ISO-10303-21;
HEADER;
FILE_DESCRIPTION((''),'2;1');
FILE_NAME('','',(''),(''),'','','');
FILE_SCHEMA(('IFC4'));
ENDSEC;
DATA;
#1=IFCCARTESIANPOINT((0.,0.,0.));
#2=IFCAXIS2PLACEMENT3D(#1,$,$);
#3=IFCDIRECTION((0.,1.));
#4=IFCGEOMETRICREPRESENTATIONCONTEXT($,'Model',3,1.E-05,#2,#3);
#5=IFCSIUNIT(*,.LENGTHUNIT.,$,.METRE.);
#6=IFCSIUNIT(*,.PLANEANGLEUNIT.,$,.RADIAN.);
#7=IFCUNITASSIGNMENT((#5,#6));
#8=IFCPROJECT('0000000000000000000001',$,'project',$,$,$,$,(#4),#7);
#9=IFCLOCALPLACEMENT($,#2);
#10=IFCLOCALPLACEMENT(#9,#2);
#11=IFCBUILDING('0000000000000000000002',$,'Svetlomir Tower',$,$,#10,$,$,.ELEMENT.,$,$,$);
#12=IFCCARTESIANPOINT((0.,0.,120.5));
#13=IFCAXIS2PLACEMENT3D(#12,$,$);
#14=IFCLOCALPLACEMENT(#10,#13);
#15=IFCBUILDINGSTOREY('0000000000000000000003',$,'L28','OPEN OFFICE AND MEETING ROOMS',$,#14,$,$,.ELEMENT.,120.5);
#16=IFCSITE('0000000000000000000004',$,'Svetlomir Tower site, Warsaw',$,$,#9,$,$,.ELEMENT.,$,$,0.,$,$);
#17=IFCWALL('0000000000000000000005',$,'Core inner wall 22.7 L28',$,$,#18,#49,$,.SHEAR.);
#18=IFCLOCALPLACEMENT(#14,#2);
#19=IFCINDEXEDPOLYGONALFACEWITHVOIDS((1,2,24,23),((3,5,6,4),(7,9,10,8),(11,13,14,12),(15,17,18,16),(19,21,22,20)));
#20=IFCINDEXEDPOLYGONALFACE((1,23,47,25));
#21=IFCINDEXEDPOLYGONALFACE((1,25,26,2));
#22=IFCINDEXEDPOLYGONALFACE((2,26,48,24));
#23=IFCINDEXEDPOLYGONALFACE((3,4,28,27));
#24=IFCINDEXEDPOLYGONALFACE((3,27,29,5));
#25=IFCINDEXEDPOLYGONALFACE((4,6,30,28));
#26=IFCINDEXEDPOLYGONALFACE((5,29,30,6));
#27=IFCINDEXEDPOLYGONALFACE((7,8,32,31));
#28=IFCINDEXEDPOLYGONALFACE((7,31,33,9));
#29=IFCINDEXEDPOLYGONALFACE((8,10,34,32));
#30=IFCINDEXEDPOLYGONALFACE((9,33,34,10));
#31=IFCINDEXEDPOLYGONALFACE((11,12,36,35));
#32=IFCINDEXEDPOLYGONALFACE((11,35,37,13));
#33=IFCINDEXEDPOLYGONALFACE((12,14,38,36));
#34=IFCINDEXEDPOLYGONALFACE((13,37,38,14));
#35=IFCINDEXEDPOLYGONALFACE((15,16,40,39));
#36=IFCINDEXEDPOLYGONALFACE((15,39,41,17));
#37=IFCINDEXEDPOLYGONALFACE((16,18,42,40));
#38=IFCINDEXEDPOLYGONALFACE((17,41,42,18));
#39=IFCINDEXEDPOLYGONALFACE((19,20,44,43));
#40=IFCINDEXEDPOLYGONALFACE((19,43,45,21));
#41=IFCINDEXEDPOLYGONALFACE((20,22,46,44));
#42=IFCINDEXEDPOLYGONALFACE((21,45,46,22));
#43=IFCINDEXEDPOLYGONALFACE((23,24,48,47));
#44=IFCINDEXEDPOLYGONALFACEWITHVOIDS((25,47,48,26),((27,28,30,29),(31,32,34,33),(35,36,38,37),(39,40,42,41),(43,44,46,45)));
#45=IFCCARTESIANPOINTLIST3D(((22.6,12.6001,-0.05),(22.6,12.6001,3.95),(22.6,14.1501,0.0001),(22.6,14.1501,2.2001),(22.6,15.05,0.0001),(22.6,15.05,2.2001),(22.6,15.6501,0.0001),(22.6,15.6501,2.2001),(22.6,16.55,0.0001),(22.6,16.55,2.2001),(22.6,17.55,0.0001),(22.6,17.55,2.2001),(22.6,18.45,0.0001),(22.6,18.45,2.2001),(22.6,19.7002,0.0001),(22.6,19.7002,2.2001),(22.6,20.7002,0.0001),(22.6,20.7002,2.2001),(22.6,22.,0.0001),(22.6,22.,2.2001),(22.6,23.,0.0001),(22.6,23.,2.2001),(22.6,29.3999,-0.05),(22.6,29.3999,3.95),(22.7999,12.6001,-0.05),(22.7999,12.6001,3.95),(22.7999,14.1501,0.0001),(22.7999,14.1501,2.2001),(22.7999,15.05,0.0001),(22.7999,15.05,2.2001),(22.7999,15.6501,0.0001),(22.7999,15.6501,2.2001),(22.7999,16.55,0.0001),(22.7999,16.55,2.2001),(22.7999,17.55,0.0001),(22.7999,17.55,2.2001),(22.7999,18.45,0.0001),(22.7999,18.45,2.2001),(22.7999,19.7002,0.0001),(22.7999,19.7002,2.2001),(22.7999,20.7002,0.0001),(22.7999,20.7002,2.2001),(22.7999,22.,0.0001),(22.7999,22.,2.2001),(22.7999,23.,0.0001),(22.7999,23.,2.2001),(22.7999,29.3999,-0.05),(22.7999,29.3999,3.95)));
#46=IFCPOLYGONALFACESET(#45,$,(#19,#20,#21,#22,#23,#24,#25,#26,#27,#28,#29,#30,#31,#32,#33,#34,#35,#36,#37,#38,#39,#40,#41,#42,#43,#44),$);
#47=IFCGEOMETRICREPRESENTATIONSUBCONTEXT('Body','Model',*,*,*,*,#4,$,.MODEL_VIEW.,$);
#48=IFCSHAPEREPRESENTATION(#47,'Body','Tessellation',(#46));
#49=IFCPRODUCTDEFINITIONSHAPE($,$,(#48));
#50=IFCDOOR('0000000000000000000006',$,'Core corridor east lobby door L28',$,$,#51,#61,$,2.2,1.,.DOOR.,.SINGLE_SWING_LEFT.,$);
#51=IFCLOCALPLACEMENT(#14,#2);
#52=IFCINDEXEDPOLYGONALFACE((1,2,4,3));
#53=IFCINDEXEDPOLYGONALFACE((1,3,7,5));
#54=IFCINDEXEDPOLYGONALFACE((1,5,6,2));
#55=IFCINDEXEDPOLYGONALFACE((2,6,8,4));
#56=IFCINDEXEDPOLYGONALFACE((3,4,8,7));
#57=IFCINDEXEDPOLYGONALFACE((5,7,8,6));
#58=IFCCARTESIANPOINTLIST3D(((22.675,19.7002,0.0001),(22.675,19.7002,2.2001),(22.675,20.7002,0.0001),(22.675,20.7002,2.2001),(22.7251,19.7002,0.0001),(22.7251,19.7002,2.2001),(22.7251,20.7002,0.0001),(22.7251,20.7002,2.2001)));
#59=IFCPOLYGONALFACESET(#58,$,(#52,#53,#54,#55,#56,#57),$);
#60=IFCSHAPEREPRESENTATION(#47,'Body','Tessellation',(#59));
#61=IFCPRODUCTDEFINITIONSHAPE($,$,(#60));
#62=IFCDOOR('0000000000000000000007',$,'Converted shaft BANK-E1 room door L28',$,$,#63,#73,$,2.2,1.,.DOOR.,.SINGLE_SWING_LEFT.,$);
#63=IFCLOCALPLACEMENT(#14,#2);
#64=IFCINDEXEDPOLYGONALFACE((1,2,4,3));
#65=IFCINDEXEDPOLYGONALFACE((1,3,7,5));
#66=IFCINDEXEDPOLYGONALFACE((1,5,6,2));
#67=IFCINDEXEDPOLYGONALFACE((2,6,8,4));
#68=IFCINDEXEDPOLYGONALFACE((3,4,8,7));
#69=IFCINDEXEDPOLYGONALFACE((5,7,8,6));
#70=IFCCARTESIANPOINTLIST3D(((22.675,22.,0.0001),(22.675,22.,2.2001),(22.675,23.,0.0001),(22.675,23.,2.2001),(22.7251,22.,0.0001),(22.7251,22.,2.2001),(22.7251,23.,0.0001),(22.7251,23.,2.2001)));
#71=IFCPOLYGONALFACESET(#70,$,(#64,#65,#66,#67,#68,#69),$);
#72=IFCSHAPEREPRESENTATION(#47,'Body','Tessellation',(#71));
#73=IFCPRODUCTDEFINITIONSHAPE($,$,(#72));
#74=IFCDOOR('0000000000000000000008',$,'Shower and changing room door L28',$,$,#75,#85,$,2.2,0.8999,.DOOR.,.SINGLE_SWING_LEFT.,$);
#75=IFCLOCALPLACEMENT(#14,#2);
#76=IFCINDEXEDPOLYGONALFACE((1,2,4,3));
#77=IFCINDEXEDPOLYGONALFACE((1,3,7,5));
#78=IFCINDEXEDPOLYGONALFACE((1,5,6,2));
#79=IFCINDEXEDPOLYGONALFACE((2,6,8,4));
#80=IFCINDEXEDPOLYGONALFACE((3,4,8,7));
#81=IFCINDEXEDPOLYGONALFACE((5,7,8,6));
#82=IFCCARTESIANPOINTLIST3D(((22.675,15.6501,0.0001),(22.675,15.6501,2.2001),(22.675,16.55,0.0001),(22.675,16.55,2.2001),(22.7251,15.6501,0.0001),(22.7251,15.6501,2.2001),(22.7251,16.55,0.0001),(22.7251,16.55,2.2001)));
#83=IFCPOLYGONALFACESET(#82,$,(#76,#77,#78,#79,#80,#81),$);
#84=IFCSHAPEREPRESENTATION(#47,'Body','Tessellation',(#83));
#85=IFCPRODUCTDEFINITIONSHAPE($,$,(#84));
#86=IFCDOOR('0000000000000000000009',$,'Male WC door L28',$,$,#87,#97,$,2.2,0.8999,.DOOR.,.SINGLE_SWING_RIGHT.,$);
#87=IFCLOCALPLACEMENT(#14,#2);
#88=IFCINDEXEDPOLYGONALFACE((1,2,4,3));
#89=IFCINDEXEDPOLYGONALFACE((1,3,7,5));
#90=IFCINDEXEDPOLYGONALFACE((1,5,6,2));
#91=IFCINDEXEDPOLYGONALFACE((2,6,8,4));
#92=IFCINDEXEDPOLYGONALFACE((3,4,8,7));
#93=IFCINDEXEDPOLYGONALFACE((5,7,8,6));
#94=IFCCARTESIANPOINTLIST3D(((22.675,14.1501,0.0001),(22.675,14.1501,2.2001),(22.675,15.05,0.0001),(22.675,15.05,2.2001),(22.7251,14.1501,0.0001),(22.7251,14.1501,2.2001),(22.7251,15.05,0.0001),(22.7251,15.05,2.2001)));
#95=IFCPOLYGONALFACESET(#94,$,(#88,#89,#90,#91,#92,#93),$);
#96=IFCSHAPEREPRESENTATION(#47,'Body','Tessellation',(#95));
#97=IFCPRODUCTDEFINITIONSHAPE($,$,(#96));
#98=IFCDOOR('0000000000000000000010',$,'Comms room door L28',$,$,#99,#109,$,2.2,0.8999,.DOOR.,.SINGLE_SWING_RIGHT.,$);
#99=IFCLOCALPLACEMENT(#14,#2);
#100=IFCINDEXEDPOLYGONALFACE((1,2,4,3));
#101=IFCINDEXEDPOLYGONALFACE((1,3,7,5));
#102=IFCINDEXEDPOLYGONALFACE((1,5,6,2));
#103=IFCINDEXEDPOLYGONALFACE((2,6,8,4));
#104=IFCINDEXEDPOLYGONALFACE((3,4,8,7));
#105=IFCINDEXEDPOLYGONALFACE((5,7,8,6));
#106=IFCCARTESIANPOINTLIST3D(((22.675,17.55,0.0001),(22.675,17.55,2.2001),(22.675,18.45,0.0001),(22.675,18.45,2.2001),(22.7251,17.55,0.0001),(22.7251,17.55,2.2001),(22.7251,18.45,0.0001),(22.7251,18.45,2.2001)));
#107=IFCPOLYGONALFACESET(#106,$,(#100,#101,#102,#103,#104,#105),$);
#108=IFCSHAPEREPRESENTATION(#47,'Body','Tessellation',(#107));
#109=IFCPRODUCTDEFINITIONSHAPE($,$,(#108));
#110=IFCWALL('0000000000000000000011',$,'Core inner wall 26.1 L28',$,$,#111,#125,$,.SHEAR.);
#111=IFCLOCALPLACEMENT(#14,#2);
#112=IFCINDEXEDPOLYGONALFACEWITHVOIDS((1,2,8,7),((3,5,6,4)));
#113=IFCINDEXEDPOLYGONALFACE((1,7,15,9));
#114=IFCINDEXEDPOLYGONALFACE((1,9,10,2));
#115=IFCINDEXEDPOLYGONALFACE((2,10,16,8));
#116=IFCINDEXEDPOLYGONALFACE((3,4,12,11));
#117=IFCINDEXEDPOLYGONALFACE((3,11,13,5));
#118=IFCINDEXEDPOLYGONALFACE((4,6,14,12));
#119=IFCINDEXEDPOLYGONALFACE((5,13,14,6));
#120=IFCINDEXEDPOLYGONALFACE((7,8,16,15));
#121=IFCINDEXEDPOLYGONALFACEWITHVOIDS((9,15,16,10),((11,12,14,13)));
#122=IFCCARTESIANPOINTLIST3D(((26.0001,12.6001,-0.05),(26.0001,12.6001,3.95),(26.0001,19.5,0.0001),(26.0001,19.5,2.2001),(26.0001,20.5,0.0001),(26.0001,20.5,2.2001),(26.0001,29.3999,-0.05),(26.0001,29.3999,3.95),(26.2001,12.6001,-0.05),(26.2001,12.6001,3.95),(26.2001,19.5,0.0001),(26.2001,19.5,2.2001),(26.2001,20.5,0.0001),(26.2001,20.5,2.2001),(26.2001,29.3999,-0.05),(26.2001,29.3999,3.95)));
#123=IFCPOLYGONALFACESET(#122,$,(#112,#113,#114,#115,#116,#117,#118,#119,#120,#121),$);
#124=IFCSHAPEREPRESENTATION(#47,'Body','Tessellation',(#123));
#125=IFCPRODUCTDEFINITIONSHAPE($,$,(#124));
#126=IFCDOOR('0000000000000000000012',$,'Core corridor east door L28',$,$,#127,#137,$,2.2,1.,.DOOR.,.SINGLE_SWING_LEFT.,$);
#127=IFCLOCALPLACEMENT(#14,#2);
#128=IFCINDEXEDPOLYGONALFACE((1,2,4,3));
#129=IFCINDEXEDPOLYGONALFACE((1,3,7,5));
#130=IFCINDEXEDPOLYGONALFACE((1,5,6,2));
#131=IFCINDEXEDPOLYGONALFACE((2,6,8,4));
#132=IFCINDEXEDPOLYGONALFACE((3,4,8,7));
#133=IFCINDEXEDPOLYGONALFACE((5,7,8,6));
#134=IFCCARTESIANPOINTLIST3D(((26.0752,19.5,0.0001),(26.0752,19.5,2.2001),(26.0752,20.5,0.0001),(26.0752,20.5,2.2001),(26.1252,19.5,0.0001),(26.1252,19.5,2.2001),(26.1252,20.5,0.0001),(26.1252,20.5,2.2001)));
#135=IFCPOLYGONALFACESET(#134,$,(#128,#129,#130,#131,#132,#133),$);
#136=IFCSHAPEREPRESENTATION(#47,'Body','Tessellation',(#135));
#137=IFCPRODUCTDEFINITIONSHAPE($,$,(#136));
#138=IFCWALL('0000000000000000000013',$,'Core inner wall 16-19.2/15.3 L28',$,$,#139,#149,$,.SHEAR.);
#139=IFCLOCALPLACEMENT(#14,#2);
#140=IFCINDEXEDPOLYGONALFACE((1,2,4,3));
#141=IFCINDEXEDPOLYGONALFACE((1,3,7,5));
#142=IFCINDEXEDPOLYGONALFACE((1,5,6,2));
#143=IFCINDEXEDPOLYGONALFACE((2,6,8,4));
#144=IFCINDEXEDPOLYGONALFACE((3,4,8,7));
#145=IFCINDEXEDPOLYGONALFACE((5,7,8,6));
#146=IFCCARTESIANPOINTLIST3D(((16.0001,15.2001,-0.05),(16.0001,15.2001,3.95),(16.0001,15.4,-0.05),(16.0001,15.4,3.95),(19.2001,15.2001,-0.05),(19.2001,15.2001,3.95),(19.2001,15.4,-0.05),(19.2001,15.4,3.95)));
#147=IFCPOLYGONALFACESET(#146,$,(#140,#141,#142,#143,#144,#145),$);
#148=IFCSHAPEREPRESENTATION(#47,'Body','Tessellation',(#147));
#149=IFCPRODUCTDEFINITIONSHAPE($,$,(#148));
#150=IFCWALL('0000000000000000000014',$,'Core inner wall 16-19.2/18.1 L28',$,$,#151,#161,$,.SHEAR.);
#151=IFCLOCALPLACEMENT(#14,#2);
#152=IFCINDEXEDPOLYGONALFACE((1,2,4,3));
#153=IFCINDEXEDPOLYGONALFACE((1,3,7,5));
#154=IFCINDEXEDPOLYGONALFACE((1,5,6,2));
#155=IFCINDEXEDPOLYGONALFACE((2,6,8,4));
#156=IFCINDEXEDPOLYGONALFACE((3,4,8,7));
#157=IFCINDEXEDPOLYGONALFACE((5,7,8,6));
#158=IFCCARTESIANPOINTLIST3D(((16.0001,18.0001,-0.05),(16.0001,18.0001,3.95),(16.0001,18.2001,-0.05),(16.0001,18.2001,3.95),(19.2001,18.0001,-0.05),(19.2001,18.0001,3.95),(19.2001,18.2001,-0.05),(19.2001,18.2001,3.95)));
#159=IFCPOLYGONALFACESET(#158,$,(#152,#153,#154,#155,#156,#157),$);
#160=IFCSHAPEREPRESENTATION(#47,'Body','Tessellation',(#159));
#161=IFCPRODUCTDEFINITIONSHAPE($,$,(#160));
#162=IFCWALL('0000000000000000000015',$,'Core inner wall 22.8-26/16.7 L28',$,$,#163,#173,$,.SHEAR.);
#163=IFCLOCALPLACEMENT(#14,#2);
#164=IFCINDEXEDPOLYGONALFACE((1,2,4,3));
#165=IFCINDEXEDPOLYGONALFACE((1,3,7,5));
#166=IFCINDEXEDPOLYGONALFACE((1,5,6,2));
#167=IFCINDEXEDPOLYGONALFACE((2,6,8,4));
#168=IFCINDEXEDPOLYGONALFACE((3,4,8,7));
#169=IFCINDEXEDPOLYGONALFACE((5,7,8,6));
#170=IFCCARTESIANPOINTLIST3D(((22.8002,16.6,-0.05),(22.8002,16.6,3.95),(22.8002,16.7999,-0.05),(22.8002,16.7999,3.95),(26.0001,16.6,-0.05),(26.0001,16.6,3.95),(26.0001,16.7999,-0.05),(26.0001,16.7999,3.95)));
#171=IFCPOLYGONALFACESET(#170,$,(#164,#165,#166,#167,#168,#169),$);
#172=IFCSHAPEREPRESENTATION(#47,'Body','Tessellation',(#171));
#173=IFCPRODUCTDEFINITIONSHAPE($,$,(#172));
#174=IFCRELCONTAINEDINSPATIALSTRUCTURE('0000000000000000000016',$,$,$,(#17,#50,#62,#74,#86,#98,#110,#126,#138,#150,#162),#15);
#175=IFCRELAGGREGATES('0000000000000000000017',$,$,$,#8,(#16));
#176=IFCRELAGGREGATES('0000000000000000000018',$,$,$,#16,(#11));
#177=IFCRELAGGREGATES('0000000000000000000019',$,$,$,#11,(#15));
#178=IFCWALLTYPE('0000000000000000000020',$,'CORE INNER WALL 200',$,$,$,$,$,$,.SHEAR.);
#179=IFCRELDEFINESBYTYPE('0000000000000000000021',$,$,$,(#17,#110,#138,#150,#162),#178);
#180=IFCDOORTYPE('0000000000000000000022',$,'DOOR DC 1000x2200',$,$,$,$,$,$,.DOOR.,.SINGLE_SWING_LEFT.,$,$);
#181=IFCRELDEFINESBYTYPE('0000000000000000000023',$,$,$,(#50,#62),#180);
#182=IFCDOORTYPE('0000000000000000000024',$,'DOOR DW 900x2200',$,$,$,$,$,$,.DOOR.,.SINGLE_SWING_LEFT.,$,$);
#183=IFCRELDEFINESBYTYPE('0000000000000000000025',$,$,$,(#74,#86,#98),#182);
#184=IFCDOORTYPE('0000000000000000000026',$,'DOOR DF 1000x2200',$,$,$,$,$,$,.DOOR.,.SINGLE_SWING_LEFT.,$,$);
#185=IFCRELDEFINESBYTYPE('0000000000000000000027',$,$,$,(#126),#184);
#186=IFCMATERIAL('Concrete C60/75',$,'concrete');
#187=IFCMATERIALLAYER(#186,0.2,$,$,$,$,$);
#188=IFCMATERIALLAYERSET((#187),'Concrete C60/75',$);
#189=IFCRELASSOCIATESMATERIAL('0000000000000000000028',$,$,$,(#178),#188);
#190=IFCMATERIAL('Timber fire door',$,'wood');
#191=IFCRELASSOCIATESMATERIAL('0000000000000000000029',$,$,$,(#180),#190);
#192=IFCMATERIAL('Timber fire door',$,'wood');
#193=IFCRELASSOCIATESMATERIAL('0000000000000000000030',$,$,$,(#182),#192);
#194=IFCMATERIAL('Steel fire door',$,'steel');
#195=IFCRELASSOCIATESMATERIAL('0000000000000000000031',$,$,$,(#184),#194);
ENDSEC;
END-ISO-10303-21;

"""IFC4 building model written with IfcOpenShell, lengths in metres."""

from ifc_helpers import new_model, si_unit, direction, frame, frame_2d, origin, place, context, subcontext, project, spatial, rectangle, extrude, material, layer, layer_set, type_object, element, fill, save


model = new_model("IFC4")

# Units and contexts
model_context = context("Model", 3, precision=1e-05, world=origin(), true_north=direction((0.0, 1.0)))
body_context = subcontext(model_context, "Body", "Model", "MODEL_VIEW")
ifc_project = project(units=[si_unit("LENGTHUNIT", "METRE"), si_unit("PLANEANGLEUNIT", "RADIAN")], contexts=[model_context])

# Site, building, storey
site_placement = place(None, origin())
site = spatial("IfcSite", under=ifc_project, at=site_placement, Name="Svetlomir Tower site, Warsaw", CompositionType="ELEMENT", RefElevation=0.0)
building_placement = place(site_placement, origin())
building = spatial("IfcBuilding", under=site, at=building_placement, Name="Svetlomir Tower", CompositionType="ELEMENT")
storey_placement = place(building_placement, frame((0.0, 0.0, 120.5)))
storey = spatial("IfcBuildingStorey", under=building, at=storey_placement, Name="L28", Description="OPEN OFFICE AND MEETING ROOMS", CompositionType="ELEMENT", Elevation=120.5)

# Wall, openings, doors
ifc_material_1 = material(Name="Concrete C60/75", Category="concrete")
ifc_layer_1 = layer(ifc_material_1, 0.2)
ifc_layer_set_1 = layer_set([ifc_layer_1], Name="Concrete C60/75")
wall_type_1 = type_object("IfcWallType", Name="CORE INNER WALL 200", PredefinedType="SHEAR", material=ifc_layer_set_1)
wall_1_placement = place(storey_placement, frame((22.7, 12.6001, -0.05), z_axis=(0.0, 0.0, 1.0), x_axis=(0.0, 1.0, 0.0)))
wall_1 = element("IfcWall", 1, at=wall_1_placement, inside=storey, type_object=wall_type_1, Name="Core inner wall 22.7 L28", PredefinedType="SHEAR", context=body_context, shape_type="SweptSolid", body=[
    extrude(rectangle(XDim=16.7998, YDim=0.2, at=frame_2d((8.3999, 0.0))), origin(), (0.0, 0.0, 1.0), 4.0),
])
opening_1_placement = place(wall_1_placement, frame((3.05, 0.0, 0.05)))
opening_1 = element("IfcOpeningElement", 2, at=opening_1_placement, cuts=wall_1, PredefinedType="OPENING", context=body_context, shape_type="SweptSolid", body=[
    extrude(rectangle(XDim=0.8999, YDim=2.2, at=frame_2d((0.45, 1.1001))), frame((0.0, 0.1099, 0.0), z_axis=(0.0, -1.0, 0.0), x_axis=(1.0, 0.0, 0.0)), (0.0, 0.0, 1.0), 0.22),
])
opening_2_placement = place(wall_1_placement, frame((7.1001, 0.0, 0.05)))
opening_2 = element("IfcOpeningElement", 3, at=opening_2_placement, cuts=wall_1, PredefinedType="OPENING", context=body_context, shape_type="SweptSolid", body=[
    extrude(rectangle(XDim=1.0, YDim=2.2, at=frame_2d((0.5, 1.1001))), frame((0.0, 0.1099, 0.0), z_axis=(0.0, -1.0, 0.0), x_axis=(1.0, 0.0, 0.0)), (0.0, 0.0, 1.0), 0.22),
])
opening_3_placement = place(wall_1_placement, frame((1.55, 0.0, 0.05)))
opening_3 = element("IfcOpeningElement", 4, at=opening_3_placement, cuts=wall_1, PredefinedType="OPENING", context=body_context, shape_type="SweptSolid", body=[
    extrude(rectangle(XDim=0.8999, YDim=2.2, at=frame_2d((0.45, 1.1001))), frame((0.0, 0.1099, 0.0), z_axis=(0.0, -1.0, 0.0), x_axis=(1.0, 0.0, 0.0)), (0.0, 0.0, 1.0), 0.22),
])
opening_4_placement = place(wall_1_placement, frame((4.95, 0.0, 0.05)))
opening_4 = element("IfcOpeningElement", 5, at=opening_4_placement, cuts=wall_1, PredefinedType="OPENING", context=body_context, shape_type="SweptSolid", body=[
    extrude(rectangle(XDim=0.8999, YDim=2.2, at=frame_2d((0.45, 1.1001))), frame((0.0, 0.1099, 0.0), z_axis=(0.0, -1.0, 0.0), x_axis=(1.0, 0.0, 0.0)), (0.0, 0.0, 1.0), 0.22),
])
opening_5_placement = place(wall_1_placement, frame((9.3999, 0.0, 0.05)))
opening_5 = element("IfcOpeningElement", 6, at=opening_5_placement, cuts=wall_1, PredefinedType="OPENING", context=body_context, shape_type="SweptSolid", body=[
    extrude(rectangle(XDim=1.0, YDim=2.2, at=frame_2d((0.5, 1.1001))), frame((0.0, 0.1099, 0.0), z_axis=(0.0, -1.0, 0.0), x_axis=(1.0, 0.0, 0.0)), (0.0, 0.0, 1.0), 0.22),
])
ifc_material_2 = material(Name="Timber fire door", Category="wood")
door_type_1 = type_object("IfcDoorType", Name="DOOR DC 1000x2200", OperationType="SINGLE_SWING_LEFT", PredefinedType="DOOR", material=ifc_material_2)
door_1_placement = place(opening_2_placement, origin())
door_1 = element("IfcDoor", 7, at=door_1_placement, inside=storey, type_object=door_type_1, Name="Core corridor east lobby door L28", OperationType="SINGLE_SWING_LEFT", OverallHeight=2.2, OverallWidth=1.0, PredefinedType="DOOR", context=body_context, shape_type="SweptSolid", body=[
    extrude(rectangle(XDim=1.0, YDim=2.2, at=frame_2d((0.5, 1.1001))), frame((0.0, 0.0249, 0.0), z_axis=(0.0, -1.0, 0.0), x_axis=(1.0, 0.0, 0.0)), (0.0, 0.0, 1.0), 0.05),
])
fill(opening_2, door_1)
door_2_placement = place(opening_5_placement, origin())
door_2 = element("IfcDoor", 8, at=door_2_placement, inside=storey, type_object=door_type_1, Name="Converted shaft BANK-E1 room door L28", OperationType="SINGLE_SWING_LEFT", OverallHeight=2.2, OverallWidth=1.0, PredefinedType="DOOR", context=body_context, shape_type="SweptSolid", body=[
    extrude(rectangle(XDim=1.0, YDim=2.2, at=frame_2d((0.5, 1.1001))), frame((0.0, 0.0249, 0.0), z_axis=(0.0, -1.0, 0.0), x_axis=(1.0, 0.0, 0.0)), (0.0, 0.0, 1.0), 0.05),
])
fill(opening_5, door_2)
ifc_material_3 = material(Name="Timber fire door", Category="wood")
door_type_2 = type_object("IfcDoorType", Name="DOOR DW 900x2200", OperationType="SINGLE_SWING_LEFT", PredefinedType="DOOR", material=ifc_material_3)
door_3_placement = place(opening_1_placement, origin())
door_3 = element("IfcDoor", 9, at=door_3_placement, inside=storey, type_object=door_type_2, Name="Shower and changing room door L28", OperationType="SINGLE_SWING_LEFT", OverallHeight=2.2, OverallWidth=0.8999, PredefinedType="DOOR", context=body_context, shape_type="SweptSolid", body=[
    extrude(rectangle(XDim=0.8999, YDim=2.2, at=frame_2d((0.45, 1.1001))), frame((0.0, 0.0249, 0.0), z_axis=(0.0, -1.0, 0.0), x_axis=(1.0, 0.0, 0.0)), (0.0, 0.0, 1.0), 0.05),
])
fill(opening_1, door_3)
door_4_placement = place(opening_3_placement, origin())
door_4 = element("IfcDoor", 10, at=door_4_placement, inside=storey, type_object=door_type_2, Name="Male WC door L28", OperationType="SINGLE_SWING_RIGHT", OverallHeight=2.2, OverallWidth=0.8999, PredefinedType="DOOR", context=body_context, shape_type="SweptSolid", body=[
    extrude(rectangle(XDim=0.8999, YDim=2.2, at=frame_2d((0.45, 1.1001))), frame((0.0, 0.0249, 0.0), z_axis=(0.0, -1.0, 0.0), x_axis=(1.0, 0.0, 0.0)), (0.0, 0.0, 1.0), 0.05),
])
fill(opening_3, door_4)
door_5_placement = place(opening_4_placement, origin())
door_5 = element("IfcDoor", 11, at=door_5_placement, inside=storey, type_object=door_type_2, Name="Comms room door L28", OperationType="SINGLE_SWING_RIGHT", OverallHeight=2.2, OverallWidth=0.8999, PredefinedType="DOOR", context=body_context, shape_type="SweptSolid", body=[
    extrude(rectangle(XDim=0.8999, YDim=2.2, at=frame_2d((0.45, 1.1001))), frame((0.0, 0.0249, 0.0), z_axis=(0.0, -1.0, 0.0), x_axis=(1.0, 0.0, 0.0)), (0.0, 0.0, 1.0), 0.05),
])
fill(opening_4, door_5)

# Wall, opening, door
wall_2_placement = place(storey_placement, frame((26.1001, 12.6001, -0.05), z_axis=(0.0, 0.0, 1.0), x_axis=(0.0, 1.0, 0.0)))
wall_2 = element("IfcWall", 12, at=wall_2_placement, inside=storey, type_object=wall_type_1, Name="Core inner wall 26.1 L28", PredefinedType="SHEAR", context=body_context, shape_type="SweptSolid", body=[
    extrude(rectangle(XDim=16.7998, YDim=0.2, at=frame_2d((8.3999, 0.0))), origin(), (0.0, 0.0, 1.0), 4.0),
])
opening_6_placement = place(wall_2_placement, frame((6.8999, 0.0, 0.05)))
opening_6 = element("IfcOpeningElement", 13, at=opening_6_placement, cuts=wall_2, PredefinedType="OPENING", context=body_context, shape_type="SweptSolid", body=[
    extrude(rectangle(XDim=1.0, YDim=2.2, at=frame_2d((0.5, 1.1001))), frame((0.0, 0.1099, 0.0), z_axis=(0.0, -1.0, 0.0), x_axis=(1.0, 0.0, 0.0)), (0.0, 0.0, 1.0), 0.22),
])
ifc_material_4 = material(Name="Steel fire door", Category="steel")
door_type_3 = type_object("IfcDoorType", Name="DOOR DF 1000x2200", OperationType="SINGLE_SWING_LEFT", PredefinedType="DOOR", material=ifc_material_4)
door_6_placement = place(opening_6_placement, origin())
door_6 = element("IfcDoor", 14, at=door_6_placement, inside=storey, type_object=door_type_3, Name="Core corridor east door L28", OperationType="SINGLE_SWING_LEFT", OverallHeight=2.2, OverallWidth=1.0, PredefinedType="DOOR", context=body_context, shape_type="SweptSolid", body=[
    extrude(rectangle(XDim=1.0, YDim=2.2, at=frame_2d((0.5, 1.1001))), frame((0.0, 0.0249, 0.0), z_axis=(0.0, -1.0, 0.0), x_axis=(1.0, 0.0, 0.0)), (0.0, 0.0, 1.0), 0.05),
])
fill(opening_6, door_6)

# Walls
for number, where, z_axis, x_axis, name in (
    (15, (16.0, 15.3, -0.05), (0.0, 0.0, 1.0), (1.0, 0.0, 0.0), "Core inner wall 16-19.2/15.3 L28"),
    (16, (16.0, 18.1001, -0.05), (0.0, 0.0, 1.0), (1.0, 0.0, 0.0), "Core inner wall 16-19.2/18.1 L28"),
    (17, (22.8, 16.7, -0.05), (0.0, 0.0, 1.0), (1.0, 0.0, 0.0), "Core inner wall 22.8-26/16.7 L28"),
):
    element("IfcWall", number, at=place(storey_placement, frame(where, z_axis=z_axis, x_axis=x_axis)), inside=storey, type_object=wall_type_1, Name=name, PredefinedType="SHEAR", context=body_context, shape_type="SweptSolid", body=[
        extrude(rectangle(XDim=3.2, YDim=0.2, at=frame_2d((1.6001, 0.0))), origin(), (0.0, 0.0, 1.0), 4.0),
    ])

save(model, "model.ifc")
